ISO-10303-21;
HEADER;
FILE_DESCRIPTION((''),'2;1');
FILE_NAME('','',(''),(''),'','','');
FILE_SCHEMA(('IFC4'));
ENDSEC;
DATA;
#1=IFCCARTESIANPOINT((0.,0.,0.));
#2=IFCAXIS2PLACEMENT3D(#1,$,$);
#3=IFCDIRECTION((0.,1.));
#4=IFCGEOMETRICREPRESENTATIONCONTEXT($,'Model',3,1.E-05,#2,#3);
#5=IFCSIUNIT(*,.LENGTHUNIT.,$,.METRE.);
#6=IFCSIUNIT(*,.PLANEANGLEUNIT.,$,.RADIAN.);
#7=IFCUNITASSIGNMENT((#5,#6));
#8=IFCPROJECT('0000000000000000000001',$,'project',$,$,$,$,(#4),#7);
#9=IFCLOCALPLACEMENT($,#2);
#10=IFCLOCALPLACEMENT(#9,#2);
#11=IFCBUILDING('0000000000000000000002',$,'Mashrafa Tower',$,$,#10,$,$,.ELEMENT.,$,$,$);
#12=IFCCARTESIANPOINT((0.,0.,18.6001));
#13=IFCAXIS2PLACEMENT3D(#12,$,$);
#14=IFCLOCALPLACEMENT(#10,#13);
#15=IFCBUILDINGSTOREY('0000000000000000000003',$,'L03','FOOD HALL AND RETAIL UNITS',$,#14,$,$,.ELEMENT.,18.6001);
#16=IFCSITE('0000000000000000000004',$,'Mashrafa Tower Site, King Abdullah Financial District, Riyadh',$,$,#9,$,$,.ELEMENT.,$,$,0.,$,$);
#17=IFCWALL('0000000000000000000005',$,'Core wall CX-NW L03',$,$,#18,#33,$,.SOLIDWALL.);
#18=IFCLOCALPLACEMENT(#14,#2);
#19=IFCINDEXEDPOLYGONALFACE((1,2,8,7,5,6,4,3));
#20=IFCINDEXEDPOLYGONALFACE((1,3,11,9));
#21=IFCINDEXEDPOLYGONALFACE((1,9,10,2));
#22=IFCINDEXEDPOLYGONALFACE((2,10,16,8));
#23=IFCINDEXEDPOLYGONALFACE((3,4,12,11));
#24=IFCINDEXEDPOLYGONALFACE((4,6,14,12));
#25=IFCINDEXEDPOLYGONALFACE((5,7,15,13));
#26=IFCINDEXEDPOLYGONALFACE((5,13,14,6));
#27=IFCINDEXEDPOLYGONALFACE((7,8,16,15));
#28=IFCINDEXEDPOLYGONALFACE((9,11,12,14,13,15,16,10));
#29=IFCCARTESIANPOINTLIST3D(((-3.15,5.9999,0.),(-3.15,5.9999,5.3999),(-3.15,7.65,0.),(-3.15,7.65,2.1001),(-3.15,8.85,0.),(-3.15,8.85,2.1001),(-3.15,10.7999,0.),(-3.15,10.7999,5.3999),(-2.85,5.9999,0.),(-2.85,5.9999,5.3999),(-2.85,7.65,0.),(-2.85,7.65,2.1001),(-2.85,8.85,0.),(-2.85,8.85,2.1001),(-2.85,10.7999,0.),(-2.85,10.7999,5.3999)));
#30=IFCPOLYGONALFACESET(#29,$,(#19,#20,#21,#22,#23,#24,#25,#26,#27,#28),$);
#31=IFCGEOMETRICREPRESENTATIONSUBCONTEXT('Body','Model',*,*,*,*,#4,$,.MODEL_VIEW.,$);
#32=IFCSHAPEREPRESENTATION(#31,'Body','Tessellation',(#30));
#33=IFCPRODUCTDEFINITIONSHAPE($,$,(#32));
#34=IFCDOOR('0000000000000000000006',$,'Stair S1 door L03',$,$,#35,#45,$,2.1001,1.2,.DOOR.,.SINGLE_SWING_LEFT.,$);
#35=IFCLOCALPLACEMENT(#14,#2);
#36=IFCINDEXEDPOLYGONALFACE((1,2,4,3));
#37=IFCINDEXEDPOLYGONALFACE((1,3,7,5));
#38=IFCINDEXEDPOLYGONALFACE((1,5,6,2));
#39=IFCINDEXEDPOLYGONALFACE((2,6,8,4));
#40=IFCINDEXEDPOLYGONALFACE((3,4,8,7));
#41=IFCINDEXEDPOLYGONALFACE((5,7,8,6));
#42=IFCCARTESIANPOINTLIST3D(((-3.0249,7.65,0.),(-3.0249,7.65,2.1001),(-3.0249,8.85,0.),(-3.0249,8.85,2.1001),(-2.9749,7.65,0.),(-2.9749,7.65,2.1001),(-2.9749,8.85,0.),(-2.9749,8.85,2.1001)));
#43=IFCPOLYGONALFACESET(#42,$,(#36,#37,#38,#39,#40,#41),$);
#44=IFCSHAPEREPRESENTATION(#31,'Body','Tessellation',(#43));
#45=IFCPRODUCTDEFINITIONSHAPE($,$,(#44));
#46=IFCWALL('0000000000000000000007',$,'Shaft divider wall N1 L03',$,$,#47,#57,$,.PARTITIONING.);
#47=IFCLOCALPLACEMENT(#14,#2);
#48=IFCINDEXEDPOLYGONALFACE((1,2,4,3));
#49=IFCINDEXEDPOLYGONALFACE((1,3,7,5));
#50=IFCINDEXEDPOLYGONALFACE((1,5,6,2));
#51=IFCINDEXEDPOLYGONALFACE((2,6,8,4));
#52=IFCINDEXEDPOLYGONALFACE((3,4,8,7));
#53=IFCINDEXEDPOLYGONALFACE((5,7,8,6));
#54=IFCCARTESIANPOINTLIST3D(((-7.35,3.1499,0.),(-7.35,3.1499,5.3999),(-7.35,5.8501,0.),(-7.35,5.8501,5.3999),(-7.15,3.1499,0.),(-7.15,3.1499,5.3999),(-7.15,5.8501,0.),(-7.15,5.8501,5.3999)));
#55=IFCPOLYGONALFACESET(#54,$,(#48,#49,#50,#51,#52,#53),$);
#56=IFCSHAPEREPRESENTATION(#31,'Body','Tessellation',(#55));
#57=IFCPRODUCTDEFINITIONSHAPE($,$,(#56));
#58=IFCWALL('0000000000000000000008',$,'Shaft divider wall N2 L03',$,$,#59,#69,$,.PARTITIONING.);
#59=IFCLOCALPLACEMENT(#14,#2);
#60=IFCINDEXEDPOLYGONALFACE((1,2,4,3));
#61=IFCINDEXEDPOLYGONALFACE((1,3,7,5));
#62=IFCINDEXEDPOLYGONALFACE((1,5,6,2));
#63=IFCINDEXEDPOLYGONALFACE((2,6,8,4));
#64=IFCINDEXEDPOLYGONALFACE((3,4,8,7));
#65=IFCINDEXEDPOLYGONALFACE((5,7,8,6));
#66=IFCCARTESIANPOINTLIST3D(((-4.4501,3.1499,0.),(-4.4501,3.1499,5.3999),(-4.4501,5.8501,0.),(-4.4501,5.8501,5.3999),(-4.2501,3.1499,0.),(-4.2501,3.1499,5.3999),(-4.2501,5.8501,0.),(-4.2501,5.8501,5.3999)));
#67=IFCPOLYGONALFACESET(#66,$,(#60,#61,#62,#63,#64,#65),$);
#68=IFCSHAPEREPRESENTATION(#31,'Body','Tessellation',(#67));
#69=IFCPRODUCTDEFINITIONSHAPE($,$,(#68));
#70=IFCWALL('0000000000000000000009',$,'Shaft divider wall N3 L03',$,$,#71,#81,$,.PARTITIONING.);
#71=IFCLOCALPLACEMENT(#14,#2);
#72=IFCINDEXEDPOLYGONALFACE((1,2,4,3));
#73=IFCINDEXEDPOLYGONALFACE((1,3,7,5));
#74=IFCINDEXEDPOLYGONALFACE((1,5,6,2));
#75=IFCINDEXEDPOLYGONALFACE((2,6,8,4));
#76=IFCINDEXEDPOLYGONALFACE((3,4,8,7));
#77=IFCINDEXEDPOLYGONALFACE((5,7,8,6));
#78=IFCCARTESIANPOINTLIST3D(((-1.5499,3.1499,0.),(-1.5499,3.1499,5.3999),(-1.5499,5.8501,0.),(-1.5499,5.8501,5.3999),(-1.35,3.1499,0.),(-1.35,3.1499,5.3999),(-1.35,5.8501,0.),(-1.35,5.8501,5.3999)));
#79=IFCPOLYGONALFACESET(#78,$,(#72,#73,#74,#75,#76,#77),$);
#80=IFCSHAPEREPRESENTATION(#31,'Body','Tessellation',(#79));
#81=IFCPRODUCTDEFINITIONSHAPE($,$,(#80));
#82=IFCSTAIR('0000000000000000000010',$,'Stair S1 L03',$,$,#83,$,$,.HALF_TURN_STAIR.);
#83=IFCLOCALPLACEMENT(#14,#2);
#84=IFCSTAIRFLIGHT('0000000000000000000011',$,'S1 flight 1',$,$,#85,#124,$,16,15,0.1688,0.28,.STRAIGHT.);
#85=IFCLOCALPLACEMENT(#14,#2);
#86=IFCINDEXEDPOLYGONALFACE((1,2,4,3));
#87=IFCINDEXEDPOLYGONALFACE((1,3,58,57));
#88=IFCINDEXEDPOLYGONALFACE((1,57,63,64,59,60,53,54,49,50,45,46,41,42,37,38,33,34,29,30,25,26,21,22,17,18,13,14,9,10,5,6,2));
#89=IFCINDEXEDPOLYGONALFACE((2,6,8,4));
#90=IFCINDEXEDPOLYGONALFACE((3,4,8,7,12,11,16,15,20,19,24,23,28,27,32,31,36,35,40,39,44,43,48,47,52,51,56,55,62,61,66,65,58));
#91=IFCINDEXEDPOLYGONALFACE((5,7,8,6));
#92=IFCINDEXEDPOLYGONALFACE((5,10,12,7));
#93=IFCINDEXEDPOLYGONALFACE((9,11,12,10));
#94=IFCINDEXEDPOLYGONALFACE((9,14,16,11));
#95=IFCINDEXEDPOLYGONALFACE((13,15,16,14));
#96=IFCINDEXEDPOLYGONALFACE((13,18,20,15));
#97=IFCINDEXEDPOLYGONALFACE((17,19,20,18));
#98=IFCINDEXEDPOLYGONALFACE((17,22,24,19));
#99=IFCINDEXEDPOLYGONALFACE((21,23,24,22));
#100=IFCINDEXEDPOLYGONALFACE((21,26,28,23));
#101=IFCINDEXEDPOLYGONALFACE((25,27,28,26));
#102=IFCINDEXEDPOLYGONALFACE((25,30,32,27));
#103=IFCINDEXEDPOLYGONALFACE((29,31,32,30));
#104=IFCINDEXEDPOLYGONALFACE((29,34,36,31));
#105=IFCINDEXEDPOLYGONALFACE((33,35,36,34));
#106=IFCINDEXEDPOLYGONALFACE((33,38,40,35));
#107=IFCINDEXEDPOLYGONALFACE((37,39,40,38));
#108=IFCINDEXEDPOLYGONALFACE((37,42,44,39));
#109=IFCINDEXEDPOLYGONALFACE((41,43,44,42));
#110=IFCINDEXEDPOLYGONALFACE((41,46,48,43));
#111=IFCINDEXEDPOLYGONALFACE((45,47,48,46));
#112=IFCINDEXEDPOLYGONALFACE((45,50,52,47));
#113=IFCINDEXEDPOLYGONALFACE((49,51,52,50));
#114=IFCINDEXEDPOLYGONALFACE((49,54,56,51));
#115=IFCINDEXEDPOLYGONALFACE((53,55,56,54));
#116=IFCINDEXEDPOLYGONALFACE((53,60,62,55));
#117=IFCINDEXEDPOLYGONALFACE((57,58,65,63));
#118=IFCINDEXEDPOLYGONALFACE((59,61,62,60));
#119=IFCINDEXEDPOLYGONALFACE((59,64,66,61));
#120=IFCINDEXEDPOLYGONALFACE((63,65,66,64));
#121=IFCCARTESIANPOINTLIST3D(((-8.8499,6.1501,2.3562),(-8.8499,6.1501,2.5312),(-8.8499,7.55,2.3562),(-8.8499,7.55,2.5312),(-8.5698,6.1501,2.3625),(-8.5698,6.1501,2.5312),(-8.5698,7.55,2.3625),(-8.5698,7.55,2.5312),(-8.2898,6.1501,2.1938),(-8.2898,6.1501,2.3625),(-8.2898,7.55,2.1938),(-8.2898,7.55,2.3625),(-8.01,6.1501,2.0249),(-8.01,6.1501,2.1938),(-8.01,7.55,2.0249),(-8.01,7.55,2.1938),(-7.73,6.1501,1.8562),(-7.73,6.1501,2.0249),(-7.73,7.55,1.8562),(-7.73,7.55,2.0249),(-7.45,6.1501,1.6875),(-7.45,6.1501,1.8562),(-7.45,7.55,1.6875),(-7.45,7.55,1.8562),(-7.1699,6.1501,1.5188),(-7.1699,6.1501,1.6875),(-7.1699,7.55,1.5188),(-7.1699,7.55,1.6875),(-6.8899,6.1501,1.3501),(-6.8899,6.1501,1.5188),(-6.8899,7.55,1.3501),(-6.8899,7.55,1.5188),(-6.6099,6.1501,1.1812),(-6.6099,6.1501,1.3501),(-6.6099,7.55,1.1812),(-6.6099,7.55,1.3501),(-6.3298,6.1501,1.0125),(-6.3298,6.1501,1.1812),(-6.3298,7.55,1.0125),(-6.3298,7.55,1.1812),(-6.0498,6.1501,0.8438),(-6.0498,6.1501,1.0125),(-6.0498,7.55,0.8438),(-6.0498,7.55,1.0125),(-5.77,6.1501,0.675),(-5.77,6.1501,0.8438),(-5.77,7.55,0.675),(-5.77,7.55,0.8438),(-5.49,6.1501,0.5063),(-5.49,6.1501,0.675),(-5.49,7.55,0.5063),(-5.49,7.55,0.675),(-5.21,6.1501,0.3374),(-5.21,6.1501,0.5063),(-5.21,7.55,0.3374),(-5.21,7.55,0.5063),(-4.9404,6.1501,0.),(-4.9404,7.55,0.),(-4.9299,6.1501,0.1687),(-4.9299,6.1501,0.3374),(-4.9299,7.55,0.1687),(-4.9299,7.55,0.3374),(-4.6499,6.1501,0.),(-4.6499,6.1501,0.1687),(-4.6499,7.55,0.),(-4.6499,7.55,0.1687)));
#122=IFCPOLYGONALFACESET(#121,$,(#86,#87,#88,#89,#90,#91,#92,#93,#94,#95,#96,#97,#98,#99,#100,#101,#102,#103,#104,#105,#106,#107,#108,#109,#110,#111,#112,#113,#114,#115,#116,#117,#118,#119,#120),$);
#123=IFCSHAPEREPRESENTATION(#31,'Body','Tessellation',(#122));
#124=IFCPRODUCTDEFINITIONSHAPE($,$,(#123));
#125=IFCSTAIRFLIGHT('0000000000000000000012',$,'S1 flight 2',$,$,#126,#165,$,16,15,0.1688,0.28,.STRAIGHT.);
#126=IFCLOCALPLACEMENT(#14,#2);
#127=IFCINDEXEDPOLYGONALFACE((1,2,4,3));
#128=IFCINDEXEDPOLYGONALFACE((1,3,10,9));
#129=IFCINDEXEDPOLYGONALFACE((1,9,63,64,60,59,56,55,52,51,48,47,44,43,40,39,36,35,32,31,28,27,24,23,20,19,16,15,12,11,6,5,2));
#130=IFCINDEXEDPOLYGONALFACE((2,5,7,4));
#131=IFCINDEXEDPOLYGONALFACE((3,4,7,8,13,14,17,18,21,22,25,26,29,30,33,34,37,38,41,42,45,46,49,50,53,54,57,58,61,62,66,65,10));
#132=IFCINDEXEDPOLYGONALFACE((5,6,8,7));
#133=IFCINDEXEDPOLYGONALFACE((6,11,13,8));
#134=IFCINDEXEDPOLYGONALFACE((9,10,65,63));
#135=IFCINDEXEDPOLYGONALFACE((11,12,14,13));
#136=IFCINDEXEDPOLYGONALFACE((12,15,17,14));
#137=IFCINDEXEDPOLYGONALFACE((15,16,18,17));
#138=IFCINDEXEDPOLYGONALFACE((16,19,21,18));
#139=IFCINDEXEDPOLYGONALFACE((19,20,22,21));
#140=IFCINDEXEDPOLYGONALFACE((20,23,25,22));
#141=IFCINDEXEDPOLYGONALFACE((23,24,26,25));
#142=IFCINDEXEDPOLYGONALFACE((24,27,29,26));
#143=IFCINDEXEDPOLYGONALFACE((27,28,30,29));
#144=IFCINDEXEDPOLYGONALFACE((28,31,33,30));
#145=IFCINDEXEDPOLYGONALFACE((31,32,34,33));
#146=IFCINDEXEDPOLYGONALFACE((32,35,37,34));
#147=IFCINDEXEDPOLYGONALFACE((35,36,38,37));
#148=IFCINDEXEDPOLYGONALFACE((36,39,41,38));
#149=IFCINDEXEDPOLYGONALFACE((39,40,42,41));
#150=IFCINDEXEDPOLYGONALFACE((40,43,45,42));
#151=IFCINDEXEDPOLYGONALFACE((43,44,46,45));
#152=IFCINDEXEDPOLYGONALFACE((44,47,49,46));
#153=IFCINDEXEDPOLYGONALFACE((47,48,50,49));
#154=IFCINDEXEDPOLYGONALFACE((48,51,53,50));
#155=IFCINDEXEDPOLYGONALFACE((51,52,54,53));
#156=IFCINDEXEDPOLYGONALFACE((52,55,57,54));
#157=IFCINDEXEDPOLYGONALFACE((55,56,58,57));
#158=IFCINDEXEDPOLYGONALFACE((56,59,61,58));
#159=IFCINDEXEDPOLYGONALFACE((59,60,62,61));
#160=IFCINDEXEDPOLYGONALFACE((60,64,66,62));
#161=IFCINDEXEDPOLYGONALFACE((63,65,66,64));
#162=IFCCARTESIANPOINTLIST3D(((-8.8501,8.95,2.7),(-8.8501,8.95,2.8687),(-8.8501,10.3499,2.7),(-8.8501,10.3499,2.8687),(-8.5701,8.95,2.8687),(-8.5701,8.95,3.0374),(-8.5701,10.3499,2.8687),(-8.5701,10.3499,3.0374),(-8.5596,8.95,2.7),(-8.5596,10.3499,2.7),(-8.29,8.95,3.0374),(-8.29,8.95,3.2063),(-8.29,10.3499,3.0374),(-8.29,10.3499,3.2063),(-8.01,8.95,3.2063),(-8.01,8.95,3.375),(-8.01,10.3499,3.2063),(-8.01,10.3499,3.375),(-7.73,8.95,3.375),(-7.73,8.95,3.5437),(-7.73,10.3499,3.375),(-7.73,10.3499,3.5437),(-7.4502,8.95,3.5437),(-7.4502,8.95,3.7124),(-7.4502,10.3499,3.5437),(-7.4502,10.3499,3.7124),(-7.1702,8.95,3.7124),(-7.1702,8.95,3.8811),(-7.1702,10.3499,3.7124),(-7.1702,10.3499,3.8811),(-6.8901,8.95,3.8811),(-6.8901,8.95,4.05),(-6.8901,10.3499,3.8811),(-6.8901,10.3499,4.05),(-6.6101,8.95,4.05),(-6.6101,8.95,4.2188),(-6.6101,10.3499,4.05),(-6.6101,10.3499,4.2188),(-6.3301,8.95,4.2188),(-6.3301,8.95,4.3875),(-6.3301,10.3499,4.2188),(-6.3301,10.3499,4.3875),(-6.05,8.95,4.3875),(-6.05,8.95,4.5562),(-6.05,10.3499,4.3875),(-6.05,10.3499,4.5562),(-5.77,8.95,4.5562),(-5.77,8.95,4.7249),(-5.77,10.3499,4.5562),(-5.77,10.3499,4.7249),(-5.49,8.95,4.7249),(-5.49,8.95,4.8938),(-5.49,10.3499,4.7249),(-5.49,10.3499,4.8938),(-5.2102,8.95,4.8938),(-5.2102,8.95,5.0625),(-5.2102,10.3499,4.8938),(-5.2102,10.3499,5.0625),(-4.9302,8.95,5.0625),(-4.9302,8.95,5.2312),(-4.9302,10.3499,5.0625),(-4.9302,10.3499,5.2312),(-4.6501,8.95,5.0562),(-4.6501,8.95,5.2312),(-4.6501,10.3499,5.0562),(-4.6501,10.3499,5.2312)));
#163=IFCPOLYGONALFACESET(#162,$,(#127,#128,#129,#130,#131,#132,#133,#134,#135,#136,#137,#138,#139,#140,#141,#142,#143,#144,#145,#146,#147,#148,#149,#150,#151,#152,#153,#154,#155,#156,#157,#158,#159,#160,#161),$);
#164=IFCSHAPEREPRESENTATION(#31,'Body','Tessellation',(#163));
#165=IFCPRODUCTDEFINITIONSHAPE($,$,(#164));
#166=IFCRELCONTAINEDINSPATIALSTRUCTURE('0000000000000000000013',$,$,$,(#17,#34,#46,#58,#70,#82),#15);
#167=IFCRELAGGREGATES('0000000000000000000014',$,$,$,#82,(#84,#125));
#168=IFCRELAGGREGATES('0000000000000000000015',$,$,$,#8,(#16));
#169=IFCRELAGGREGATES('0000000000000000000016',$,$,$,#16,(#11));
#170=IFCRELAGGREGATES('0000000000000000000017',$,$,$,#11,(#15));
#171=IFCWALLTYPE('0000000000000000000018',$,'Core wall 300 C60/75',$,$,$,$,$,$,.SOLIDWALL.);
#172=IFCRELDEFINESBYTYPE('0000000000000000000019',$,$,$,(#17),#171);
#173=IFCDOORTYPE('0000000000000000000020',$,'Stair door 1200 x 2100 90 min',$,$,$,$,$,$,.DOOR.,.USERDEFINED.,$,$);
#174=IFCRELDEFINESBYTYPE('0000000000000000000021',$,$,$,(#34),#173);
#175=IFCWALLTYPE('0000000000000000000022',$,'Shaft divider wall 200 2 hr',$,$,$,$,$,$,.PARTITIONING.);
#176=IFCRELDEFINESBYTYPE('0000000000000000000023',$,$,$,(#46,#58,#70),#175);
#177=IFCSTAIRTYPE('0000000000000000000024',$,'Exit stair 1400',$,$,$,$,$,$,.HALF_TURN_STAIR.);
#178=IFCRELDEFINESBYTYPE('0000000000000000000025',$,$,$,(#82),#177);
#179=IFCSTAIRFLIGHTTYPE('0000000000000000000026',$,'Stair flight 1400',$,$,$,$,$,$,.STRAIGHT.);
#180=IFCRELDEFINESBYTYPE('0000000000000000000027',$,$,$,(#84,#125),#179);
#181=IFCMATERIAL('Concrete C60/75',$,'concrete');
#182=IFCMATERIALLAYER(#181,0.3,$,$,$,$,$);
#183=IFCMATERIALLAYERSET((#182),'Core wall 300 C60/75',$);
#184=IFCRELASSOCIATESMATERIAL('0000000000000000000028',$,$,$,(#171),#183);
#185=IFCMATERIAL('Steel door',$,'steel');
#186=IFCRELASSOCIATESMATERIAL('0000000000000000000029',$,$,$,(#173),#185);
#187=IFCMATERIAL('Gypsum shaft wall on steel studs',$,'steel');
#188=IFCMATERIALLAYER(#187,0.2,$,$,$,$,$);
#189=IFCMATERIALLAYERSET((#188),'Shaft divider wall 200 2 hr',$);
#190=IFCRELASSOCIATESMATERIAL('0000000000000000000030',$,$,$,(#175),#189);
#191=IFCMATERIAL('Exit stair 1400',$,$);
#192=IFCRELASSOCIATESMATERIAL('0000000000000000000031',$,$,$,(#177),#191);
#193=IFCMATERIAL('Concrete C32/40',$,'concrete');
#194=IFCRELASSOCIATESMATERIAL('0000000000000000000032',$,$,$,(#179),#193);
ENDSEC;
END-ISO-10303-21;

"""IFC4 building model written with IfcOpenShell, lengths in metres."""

from ifc_helpers import new_model, si_unit, direction, frame, frame_2d, origin, place, context, subcontext, project, spatial, polyline, rectangle, outline, extrude, material, layer, layer_set, type_object, element, fill, aggregate, save


model = new_model("IFC4")

# Units and contexts
model_context = context("Model", 3, precision=1e-05, world=origin(), true_north=direction((0.0, 1.0)))
body_context = subcontext(model_context, "Body", "Model", "MODEL_VIEW")
ifc_project = project(units=[si_unit("LENGTHUNIT", "METRE"), si_unit("PLANEANGLEUNIT", "RADIAN")], contexts=[model_context])

# Site, building, storey
site_placement = place(None, origin())
site = spatial("IfcSite", under=ifc_project, at=site_placement, Name="Mashrafa Tower Site, King Abdullah Financial District, Riyadh", CompositionType="ELEMENT", RefElevation=0.0)
building_placement = place(site_placement, origin())
building = spatial("IfcBuilding", under=site, at=building_placement, Name="Mashrafa Tower", CompositionType="ELEMENT")
storey_placement = place(building_placement, frame((0.0, 0.0, 18.6001)))
storey = spatial("IfcBuildingStorey", under=building, at=storey_placement, Name="L03", Description="FOOD HALL AND RETAIL UNITS", CompositionType="ELEMENT", Elevation=18.6001)

# Wall, opening, door
ifc_material_1 = material(Name="Concrete C60/75", Category="concrete")
ifc_layer_1 = layer(ifc_material_1, 0.3)
ifc_layer_set_1 = layer_set([ifc_layer_1], Name="Core wall 300 C60/75")
wall_type_1 = type_object("IfcWallType", Name="Core wall 300 C60/75", PredefinedType="SOLIDWALL", material=ifc_layer_set_1)
wall_placement = place(storey_placement, frame((-3.0, 6.0, 0.0), z_axis=(0.0, 0.0, 1.0), x_axis=(0.0, 1.0, 0.0)))
wall = element("IfcWall", 1, at=wall_placement, inside=storey, type_object=wall_type_1, Name="Core wall CX-NW L03", PredefinedType="SOLIDWALL", context=body_context, shape_type="SweptSolid", body=[
    extrude(rectangle(XDim=4.8, YDim=0.3, at=frame_2d((2.3999, 0.0))), origin(), (0.0, 0.0, 1.0), 5.3999),
])
opening_placement = place(wall_placement, frame((1.6499, 0.0, 0.0)))
opening = element("IfcOpeningElement", 2, at=opening_placement, cuts=wall, PredefinedType="OPENING", context=body_context, shape_type="SweptSolid", body=[
    extrude(rectangle(XDim=1.2, YDim=2.1001, at=frame_2d((0.6001, 1.05))), frame((0.0, 0.1599, 0.0), z_axis=(0.0, -1.0, 0.0), x_axis=(1.0, 0.0, 0.0)), (0.0, 0.0, 1.0), 0.3201),
])
ifc_material_2 = material(Name="Steel door", Category="steel")
door_type = type_object("IfcDoorType", Name="Stair door 1200 x 2100 90 min", OperationType="USERDEFINED", PredefinedType="DOOR", material=ifc_material_2)
door_placement = place(opening_placement, origin())
door = element("IfcDoor", 3, at=door_placement, inside=storey, type_object=door_type, Name="Stair S1 door L03", OperationType="SINGLE_SWING_LEFT", OverallHeight=2.1001, OverallWidth=1.2, PredefinedType="DOOR", context=body_context, shape_type="SweptSolid", body=[
    extrude(rectangle(XDim=1.2, YDim=2.1001, at=frame_2d((0.6001, 1.05))), frame((0.0, 0.0249, 0.0), z_axis=(0.0, -1.0, 0.0), x_axis=(1.0, 0.0, 0.0)), (0.0, 0.0, 1.0), 0.05),
])
fill(opening, door)

# Walls
ifc_material_3 = material(Name="Gypsum shaft wall on steel studs", Category="steel")
ifc_layer_2 = layer(ifc_material_3, 0.2)
ifc_layer_set_2 = layer_set([ifc_layer_2], Name="Shaft divider wall 200 2 hr")
wall_type_2 = type_object("IfcWallType", Name="Shaft divider wall 200 2 hr", PredefinedType="PARTITIONING", material=ifc_layer_set_2)
for number, where, z_axis, x_axis, name in (
    (4, (-7.25, 3.1499, 0.0), (0.0, 0.0, 1.0), (0.0, 1.0, 0.0), "Shaft divider wall N1 L03"),
    (5, (-4.3501, 3.1499, 0.0), (0.0, 0.0, 1.0), (0.0, 1.0, 0.0), "Shaft divider wall N2 L03"),
    (6, (-1.45, 3.1499, 0.0), (0.0, 0.0, 1.0), (0.0, 1.0, 0.0), "Shaft divider wall N3 L03"),
):
    element("IfcWall", number, at=place(storey_placement, frame(where, z_axis=z_axis, x_axis=x_axis)), inside=storey, type_object=wall_type_2, Name=name, PredefinedType="PARTITIONING", context=body_context, shape_type="SweptSolid", body=[
        extrude(rectangle(XDim=2.7002, YDim=0.2, at=frame_2d((1.3501, 0.0))), origin(), (0.0, 0.0, 1.0), 5.3999),
    ])

# Stair, stair flights
ifc_material_4 = material(Name="Exit stair 1400")
stair_type = type_object("IfcStairType", Name="Exit stair 1400", PredefinedType="HALF_TURN_STAIR", material=ifc_material_4)
stair_placement = place(storey_placement, origin())
stair = element("IfcStair", 7, at=stair_placement, inside=storey, type_object=stair_type, Name="Stair S1 L03", PredefinedType="HALF_TURN_STAIR")
ifc_material_5 = material(Name="Concrete C32/40", Category="concrete")
stair_flight_type = type_object("IfcStairFlightType", Name="Stair flight 1400", PredefinedType="STRAIGHT", material=ifc_material_5)
stair_flight_1_placement = place(storey_placement, frame((-4.6499, 6.8501, 0.0), z_axis=(0.0, 0.0, 1.0), x_axis=(-1.0, 0.0, 0.0)))
stair_flight_1 = element("IfcStairFlight", 8, at=stair_flight_1_placement, type_object=stair_flight_type, Name="S1 flight 1", NumberOfRisers=16, NumberOfTreads=15, PredefinedType="STRAIGHT", RiserHeight=0.1688, TreadLength=0.28, context=body_context, shape_type="SweptSolid", body=[
    extrude(outline(polyline([(0.0, 0.0), (0.0, 0.1687), (0.28, 0.1687), (0.28, 0.3374), (0.5601, 0.3374), (0.5601, 0.5063), (0.8401, 0.5063), (0.8401, 0.675), (1.1201, 0.675), (1.1201, 0.8438), (1.3999, 0.8438), (1.3999, 1.0125), (1.6799, 1.0125), (1.6799, 1.1812), (1.96, 1.1812), (1.96, 1.3501), (2.24, 1.3501), (2.24, 1.5188), (2.52, 1.5188), (2.52, 1.6875), (2.8, 1.6875), (2.8, 1.8562), (3.0801, 1.8562), (3.0801, 2.0249), (3.3601, 2.0249), (3.3601, 2.1938), (3.6399, 2.1938), (3.6399, 2.3625), (3.9199, 2.3625), (3.9199, 2.5312), (4.2, 2.5312), (4.2, 2.7), (4.2, 2.3562), (0.2905, 0.0), (0.0, 0.0)])), frame((0.0, 0.7, 0.0), z_axis=(0.0, -1.0, 0.0), x_axis=(1.0, 0.0, 0.0)), (0.0, 0.0, 1.0), 1.3999),
])
stair_flight_2_placement = place(storey_placement, frame((-8.8501, 9.6499, 2.7), z_axis=(0.0, 0.0, 1.0), x_axis=(1.0, 0.0, 0.0)))
stair_flight_2 = element("IfcStairFlight", 9, at=stair_flight_2_placement, type_object=stair_flight_type, Name="S1 flight 2", NumberOfRisers=16, NumberOfTreads=15, PredefinedType="STRAIGHT", RiserHeight=0.1688, TreadLength=0.28, context=body_context, shape_type="SweptSolid", body=[
    extrude(outline(polyline([(0.0, 0.0), (0.0, 0.1687), (0.28, 0.1687), (0.28, 0.3374), (0.5601, 0.3374), (0.5601, 0.5063), (0.8401, 0.5063), (0.8401, 0.675), (1.1201, 0.675), (1.1201, 0.8438), (1.3999, 0.8438), (1.3999, 1.0125), (1.6799, 1.0125), (1.6799, 1.1812), (1.96, 1.1812), (1.96, 1.3501), (2.24, 1.3501), (2.24, 1.5188), (2.52, 1.5188), (2.52, 1.6875), (2.8, 1.6875), (2.8, 1.8562), (3.0801, 1.8562), (3.0801, 2.0249), (3.3601, 2.0249), (3.3601, 2.1938), (3.6399, 2.1938), (3.6399, 2.3625), (3.9199, 2.3625), (3.9199, 2.5312), (4.2, 2.5312), (4.2, 2.7), (4.2, 2.3562), (0.2905, 0.0), (0.0, 0.0)])), frame((0.0, 0.7, 0.0), z_axis=(0.0, -1.0, 0.0), x_axis=(1.0, 0.0, 0.0)), (0.0, 0.0, 1.0), 1.3999),
])
aggregate(stair, [stair_flight_1, stair_flight_2])

save(model, "model.ifc")
